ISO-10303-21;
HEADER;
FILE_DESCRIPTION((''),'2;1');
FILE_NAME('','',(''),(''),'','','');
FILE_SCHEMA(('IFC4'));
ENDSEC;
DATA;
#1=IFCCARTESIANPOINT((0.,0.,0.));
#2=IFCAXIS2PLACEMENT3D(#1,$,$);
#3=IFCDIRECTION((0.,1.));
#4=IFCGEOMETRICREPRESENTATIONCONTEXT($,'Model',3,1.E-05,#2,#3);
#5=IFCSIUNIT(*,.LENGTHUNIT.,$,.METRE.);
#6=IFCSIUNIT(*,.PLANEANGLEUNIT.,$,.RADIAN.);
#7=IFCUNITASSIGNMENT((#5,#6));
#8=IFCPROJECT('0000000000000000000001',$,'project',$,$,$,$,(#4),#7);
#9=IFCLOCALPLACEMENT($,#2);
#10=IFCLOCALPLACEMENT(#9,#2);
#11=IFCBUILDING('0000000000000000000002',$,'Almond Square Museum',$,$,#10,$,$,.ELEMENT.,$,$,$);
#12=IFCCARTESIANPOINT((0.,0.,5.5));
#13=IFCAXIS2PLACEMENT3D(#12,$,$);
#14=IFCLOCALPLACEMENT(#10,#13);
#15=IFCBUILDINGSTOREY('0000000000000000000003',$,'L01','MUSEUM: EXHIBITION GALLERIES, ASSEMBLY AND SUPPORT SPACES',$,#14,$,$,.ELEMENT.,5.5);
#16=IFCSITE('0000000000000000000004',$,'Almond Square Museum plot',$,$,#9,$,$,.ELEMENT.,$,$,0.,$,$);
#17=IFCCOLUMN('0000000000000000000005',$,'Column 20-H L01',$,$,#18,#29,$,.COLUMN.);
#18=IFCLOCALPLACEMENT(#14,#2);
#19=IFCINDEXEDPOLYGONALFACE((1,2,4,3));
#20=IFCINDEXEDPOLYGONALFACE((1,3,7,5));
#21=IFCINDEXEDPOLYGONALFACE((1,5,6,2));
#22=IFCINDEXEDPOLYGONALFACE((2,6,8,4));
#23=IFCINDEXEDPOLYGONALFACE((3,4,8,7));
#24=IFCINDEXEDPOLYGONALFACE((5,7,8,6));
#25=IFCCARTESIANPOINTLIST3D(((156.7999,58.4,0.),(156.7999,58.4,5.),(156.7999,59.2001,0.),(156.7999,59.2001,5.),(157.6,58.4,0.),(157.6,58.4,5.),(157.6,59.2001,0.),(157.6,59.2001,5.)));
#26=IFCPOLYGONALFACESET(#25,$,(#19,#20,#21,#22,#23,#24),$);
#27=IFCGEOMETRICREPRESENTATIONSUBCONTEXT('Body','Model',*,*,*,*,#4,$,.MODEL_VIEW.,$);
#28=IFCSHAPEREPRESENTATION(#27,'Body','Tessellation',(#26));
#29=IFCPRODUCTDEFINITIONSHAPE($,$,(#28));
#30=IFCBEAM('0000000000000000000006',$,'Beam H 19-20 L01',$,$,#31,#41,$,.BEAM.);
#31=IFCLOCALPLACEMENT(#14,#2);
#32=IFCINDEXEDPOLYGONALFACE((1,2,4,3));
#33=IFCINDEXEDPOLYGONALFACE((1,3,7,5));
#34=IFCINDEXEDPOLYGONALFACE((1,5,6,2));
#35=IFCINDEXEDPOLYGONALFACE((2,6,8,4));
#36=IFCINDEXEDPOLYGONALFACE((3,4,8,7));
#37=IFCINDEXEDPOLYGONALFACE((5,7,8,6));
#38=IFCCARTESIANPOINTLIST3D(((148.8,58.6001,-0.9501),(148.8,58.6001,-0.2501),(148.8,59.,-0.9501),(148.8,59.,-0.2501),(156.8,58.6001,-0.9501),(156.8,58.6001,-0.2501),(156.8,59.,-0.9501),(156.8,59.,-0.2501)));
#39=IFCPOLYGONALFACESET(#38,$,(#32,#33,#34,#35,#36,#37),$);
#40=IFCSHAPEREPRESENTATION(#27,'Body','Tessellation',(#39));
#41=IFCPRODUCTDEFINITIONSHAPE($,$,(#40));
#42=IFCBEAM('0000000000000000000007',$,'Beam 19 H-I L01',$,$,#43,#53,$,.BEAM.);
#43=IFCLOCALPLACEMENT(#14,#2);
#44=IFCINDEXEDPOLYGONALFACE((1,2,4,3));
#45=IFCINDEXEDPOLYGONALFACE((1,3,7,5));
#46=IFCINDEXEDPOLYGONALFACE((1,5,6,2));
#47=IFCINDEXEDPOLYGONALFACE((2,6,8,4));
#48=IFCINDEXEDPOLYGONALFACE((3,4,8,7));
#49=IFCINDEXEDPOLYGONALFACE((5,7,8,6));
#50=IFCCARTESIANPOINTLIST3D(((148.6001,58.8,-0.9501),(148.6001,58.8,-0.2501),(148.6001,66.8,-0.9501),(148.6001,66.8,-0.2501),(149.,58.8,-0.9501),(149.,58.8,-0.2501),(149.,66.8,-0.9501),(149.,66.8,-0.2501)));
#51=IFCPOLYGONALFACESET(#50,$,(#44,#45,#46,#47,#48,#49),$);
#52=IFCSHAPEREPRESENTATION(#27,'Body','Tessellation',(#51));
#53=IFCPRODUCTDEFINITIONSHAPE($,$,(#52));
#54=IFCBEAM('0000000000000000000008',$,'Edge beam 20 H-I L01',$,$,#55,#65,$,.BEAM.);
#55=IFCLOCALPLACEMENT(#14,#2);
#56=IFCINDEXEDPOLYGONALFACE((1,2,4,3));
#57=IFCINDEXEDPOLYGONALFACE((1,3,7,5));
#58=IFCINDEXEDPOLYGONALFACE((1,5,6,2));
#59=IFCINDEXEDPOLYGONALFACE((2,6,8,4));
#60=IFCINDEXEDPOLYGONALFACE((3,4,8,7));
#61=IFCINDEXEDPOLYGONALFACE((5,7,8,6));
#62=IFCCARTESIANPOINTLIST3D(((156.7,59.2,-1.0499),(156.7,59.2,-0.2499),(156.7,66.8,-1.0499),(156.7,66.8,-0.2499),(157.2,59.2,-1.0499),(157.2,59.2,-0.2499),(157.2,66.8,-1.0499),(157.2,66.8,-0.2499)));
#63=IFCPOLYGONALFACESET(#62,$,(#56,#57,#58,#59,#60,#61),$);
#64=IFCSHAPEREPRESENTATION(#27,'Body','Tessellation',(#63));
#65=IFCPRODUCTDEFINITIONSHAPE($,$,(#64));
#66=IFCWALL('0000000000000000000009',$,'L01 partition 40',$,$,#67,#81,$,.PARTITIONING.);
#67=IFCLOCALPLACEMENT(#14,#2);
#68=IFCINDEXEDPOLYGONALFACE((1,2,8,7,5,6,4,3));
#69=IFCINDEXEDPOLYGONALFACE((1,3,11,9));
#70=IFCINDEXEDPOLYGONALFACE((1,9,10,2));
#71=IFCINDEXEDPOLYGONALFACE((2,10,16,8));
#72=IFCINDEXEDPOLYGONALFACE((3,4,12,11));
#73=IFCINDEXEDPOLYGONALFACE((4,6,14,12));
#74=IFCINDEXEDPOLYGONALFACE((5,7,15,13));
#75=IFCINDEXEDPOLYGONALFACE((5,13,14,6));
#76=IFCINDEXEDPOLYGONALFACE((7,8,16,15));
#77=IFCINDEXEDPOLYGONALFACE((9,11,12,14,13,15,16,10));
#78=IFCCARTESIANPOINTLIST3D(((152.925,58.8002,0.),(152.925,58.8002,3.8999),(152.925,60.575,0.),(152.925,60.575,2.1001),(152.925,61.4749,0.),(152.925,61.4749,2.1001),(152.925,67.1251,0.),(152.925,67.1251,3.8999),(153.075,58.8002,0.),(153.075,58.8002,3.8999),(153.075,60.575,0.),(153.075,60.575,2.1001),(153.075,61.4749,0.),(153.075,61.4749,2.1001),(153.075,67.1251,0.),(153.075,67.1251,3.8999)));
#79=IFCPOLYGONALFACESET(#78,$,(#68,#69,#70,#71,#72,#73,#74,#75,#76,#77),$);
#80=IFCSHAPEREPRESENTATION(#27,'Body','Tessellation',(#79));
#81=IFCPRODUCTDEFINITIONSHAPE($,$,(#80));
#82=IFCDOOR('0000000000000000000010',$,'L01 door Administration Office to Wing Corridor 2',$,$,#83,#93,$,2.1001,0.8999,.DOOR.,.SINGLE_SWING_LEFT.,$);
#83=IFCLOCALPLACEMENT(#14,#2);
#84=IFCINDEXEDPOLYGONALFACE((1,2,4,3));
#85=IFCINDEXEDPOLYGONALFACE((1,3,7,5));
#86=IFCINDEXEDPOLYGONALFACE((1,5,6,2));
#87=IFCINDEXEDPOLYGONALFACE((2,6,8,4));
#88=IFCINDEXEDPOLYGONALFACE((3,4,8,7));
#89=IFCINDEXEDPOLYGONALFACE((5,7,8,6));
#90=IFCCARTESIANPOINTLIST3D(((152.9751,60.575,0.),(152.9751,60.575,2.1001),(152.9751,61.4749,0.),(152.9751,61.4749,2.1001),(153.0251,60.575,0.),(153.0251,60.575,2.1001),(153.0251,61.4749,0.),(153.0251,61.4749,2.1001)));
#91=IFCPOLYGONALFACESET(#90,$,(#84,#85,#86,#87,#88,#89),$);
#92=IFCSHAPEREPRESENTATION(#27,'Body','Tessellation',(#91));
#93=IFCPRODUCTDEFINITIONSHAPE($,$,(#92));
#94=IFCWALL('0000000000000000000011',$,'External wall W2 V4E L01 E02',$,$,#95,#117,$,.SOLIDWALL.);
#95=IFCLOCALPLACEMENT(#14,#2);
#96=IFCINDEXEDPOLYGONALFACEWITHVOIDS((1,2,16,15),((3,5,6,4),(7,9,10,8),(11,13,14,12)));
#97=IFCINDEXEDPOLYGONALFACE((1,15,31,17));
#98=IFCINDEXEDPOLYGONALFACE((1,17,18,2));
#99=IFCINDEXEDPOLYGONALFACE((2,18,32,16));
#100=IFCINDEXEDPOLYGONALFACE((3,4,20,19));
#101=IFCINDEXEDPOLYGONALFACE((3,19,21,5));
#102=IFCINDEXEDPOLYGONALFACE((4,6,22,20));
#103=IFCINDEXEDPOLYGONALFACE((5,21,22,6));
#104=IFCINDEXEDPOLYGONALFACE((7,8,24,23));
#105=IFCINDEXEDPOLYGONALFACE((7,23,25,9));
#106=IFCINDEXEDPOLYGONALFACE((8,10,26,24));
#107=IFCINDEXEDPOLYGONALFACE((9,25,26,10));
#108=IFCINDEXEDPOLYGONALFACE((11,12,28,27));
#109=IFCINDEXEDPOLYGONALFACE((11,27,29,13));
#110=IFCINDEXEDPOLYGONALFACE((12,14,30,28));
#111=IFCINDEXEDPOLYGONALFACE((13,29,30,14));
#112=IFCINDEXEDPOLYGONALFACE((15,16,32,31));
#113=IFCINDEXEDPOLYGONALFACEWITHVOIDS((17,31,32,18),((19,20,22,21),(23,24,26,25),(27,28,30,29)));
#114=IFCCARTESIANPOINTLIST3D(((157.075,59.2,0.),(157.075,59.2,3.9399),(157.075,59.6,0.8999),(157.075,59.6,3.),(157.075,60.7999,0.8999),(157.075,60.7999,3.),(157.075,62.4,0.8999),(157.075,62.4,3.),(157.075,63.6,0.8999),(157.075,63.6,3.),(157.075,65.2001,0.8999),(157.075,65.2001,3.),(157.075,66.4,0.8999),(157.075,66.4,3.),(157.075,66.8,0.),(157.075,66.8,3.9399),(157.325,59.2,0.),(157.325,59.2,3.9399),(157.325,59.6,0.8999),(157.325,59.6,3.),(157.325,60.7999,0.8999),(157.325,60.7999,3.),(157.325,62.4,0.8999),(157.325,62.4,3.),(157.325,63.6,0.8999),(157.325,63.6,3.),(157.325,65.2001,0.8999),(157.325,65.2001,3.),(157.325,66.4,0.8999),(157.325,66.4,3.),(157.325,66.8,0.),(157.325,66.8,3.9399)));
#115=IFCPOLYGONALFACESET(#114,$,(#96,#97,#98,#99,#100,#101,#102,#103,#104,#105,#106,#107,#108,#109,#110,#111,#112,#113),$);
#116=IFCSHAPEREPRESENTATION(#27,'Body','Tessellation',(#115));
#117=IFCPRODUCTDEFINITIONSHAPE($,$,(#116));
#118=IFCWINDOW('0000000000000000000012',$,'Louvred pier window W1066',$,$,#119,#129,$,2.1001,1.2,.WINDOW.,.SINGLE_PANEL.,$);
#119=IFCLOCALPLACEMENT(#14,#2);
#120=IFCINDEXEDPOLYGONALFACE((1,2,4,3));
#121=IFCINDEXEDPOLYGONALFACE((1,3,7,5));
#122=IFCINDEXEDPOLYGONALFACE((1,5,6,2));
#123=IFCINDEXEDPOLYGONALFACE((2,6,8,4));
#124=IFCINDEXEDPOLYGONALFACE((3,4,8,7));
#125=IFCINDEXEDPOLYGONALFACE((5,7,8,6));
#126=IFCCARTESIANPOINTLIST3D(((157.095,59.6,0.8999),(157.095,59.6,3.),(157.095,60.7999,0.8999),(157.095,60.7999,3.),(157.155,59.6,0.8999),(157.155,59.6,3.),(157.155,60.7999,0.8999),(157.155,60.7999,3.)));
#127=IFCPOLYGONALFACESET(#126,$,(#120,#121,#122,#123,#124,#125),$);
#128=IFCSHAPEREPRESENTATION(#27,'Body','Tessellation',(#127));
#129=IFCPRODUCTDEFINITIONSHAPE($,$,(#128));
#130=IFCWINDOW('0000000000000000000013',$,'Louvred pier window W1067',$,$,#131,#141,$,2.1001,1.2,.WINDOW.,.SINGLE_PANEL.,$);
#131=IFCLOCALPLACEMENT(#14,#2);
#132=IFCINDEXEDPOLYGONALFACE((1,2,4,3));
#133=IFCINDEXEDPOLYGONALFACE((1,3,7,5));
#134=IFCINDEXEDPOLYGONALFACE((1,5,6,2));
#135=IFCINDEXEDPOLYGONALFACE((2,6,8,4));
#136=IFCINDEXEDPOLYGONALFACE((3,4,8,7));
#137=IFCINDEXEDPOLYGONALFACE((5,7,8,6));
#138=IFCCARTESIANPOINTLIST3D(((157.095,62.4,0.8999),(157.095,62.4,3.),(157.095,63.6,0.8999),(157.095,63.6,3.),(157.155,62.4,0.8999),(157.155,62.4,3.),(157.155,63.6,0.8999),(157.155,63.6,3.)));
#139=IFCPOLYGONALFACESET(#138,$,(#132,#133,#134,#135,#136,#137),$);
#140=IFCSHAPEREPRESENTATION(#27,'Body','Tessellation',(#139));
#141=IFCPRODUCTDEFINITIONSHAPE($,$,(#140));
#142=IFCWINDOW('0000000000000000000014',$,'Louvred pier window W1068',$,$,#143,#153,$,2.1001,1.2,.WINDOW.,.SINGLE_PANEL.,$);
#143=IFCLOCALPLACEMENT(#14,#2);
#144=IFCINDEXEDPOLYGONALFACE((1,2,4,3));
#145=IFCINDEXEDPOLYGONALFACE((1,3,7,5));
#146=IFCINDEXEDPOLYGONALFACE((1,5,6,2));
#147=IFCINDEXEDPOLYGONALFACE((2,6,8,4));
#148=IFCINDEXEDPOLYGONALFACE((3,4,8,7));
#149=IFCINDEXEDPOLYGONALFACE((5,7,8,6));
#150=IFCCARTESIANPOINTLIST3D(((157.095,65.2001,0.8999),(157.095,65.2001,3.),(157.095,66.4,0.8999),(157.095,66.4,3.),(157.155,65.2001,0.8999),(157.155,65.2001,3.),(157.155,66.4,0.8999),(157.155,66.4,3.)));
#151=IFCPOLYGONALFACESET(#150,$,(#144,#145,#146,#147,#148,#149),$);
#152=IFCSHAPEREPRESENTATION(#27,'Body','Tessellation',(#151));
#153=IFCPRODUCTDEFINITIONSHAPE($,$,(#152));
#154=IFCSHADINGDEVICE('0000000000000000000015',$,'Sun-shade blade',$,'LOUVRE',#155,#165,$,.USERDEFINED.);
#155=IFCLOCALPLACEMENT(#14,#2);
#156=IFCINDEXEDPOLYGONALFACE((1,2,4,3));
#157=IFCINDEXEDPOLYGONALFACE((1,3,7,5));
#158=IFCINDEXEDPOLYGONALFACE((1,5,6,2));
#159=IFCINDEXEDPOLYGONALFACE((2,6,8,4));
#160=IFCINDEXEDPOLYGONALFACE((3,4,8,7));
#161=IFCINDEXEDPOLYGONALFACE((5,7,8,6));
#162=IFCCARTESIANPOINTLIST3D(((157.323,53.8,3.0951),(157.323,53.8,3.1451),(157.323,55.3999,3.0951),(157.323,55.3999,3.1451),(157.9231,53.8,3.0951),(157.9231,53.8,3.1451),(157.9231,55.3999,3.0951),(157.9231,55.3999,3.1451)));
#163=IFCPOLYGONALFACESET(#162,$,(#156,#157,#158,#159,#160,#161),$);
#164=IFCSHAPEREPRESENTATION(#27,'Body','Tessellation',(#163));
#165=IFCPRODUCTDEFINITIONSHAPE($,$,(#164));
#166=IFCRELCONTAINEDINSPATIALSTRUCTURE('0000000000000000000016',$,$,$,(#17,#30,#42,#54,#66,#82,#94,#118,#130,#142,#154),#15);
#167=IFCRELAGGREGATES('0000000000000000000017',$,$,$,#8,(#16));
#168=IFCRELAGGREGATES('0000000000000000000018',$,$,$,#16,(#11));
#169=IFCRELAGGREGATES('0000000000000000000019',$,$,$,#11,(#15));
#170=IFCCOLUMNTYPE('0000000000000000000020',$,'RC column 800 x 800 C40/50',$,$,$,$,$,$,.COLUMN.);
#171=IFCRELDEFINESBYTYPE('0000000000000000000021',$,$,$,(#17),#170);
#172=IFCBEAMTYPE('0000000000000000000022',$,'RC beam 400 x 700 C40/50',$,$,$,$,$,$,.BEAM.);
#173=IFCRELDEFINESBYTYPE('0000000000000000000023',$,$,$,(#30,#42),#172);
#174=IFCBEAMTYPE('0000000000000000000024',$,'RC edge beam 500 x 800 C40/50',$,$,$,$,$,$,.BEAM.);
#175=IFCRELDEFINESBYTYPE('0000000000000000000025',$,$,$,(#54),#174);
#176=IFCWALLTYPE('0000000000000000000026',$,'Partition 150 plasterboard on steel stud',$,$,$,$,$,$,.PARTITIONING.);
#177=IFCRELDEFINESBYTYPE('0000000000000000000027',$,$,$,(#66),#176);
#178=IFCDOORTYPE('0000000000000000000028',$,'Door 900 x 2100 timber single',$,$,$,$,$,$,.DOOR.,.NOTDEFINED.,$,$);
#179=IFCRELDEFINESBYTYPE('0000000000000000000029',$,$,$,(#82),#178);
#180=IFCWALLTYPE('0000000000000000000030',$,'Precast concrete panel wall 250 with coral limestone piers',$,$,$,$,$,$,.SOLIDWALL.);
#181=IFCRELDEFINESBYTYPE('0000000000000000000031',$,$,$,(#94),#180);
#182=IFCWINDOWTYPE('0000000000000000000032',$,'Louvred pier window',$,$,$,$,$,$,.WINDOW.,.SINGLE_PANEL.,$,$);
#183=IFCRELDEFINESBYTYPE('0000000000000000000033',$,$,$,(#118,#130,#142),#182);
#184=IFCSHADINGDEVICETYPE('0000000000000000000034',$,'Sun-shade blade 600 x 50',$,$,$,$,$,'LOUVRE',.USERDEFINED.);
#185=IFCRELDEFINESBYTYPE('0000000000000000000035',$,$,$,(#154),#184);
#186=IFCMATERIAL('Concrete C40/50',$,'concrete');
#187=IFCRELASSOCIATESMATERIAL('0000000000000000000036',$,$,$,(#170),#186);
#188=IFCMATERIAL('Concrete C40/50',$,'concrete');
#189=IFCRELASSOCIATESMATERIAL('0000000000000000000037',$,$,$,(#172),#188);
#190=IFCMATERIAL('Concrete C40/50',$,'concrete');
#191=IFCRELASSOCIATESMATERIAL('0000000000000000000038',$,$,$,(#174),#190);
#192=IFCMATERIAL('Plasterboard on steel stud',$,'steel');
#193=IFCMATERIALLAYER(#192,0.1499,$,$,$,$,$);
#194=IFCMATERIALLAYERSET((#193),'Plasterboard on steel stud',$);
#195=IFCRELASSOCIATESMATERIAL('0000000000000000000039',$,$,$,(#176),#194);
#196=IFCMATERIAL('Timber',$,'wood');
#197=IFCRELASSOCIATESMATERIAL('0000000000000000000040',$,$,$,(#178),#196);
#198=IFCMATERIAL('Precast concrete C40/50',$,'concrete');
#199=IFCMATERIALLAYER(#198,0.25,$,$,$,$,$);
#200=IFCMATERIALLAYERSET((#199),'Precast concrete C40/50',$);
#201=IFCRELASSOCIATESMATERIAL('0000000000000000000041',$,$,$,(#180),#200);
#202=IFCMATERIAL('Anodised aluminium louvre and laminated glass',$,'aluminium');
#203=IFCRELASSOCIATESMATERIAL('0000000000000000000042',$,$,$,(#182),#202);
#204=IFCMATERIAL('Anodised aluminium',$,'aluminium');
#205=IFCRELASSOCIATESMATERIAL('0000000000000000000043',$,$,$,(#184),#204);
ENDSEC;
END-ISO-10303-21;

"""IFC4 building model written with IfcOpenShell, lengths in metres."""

from ifc_helpers import new_model, si_unit, direction, frame, frame_2d, origin, origin_2d, place, context, subcontext, project, spatial, rectangle, extrude, material, layer, layer_set, material_profile, profile_set, type_object, element, fill, save


model = new_model("IFC4")

# Units and contexts
model_context = context("Model", 3, precision=1e-05, world=origin(), true_north=direction((0.0, 1.0)))
body_context = subcontext(model_context, "Body", "Model", "MODEL_VIEW")
ifc_project = project(units=[si_unit("LENGTHUNIT", "METRE"), si_unit("PLANEANGLEUNIT", "RADIAN")], contexts=[model_context])

# Site, building, storey
site_placement = place(None, origin())
site = spatial("IfcSite", under=ifc_project, at=site_placement, Name="Almond Square Museum plot", CompositionType="ELEMENT", RefElevation=0.0)
building_placement = place(site_placement, origin())
building = spatial("IfcBuilding", under=site, at=building_placement, Name="Almond Square Museum", CompositionType="ELEMENT")
storey_placement = place(building_placement, frame((0.0, 0.0, 5.5)))
storey = spatial("IfcBuildingStorey", under=building, at=storey_placement, Name="L01", Description="MUSEUM: EXHIBITION GALLERIES, ASSEMBLY AND SUPPORT SPACES", CompositionType="ELEMENT", Elevation=5.5)

# Column
ifc_material_1 = material(Name="Concrete C40/50", Category="concrete")
ifc_material_profile_1 = material_profile(ifc_material_1, rectangle(XDim=0.8, YDim=0.8, at=origin_2d()))
ifc_profile_set_1 = profile_set([ifc_material_profile_1], Name="Concrete C40/50")
column_type = type_object("IfcColumnType", Name="RC column 800 x 800 C40/50", PredefinedType="COLUMN", material=ifc_profile_set_1)
column_placement = place(storey_placement, frame((157.2, 58.8, 0.0), z_axis=(0.0, 0.0, 1.0), x_axis=(1.0, 0.0, 0.0)))
element("IfcColumn", 1, at=column_placement, inside=storey, type_object=column_type, Name="Column 20-H L01", PredefinedType="COLUMN", context=body_context, shape_type="SweptSolid", body=[
    extrude(rectangle(XDim=0.8, YDim=0.8, at=origin_2d()), origin(), (0.0, 0.0, 1.0), 5.0),
])

# Beams
ifc_material_2 = material(Name="Concrete C40/50", Category="concrete")
ifc_material_profile_2 = material_profile(ifc_material_2, rectangle(XDim=0.3999, YDim=0.7, at=origin_2d()))
ifc_profile_set_2 = profile_set([ifc_material_profile_2], Name="Concrete C40/50")
beam_type_1 = type_object("IfcBeamType", Name="RC beam 400 x 700 C40/50", PredefinedType="BEAM", material=ifc_profile_set_2)
for number, where, z_axis, x_axis, name in (
    (2, (148.8, 58.8, -0.6001), (1.0, 0.0, 0.0), (0.0, 1.0, 0.0), "Beam H 19-20 L01"),
    (3, (148.8, 58.8, -0.6001), (0.0, 1.0, 0.0), (-1.0, 0.0, 0.0), "Beam 19 H-I L01"),
):
    element("IfcBeam", number, at=place(storey_placement, frame(where, z_axis=z_axis, x_axis=x_axis)), inside=storey, type_object=beam_type_1, Name=name, PredefinedType="BEAM", context=body_context, shape_type="SweptSolid", body=[
        extrude(rectangle(XDim=0.3999, YDim=0.7, at=origin_2d()), origin(), (0.0, 0.0, 1.0), 8.0),
    ])
ifc_material_3 = material(Name="Concrete C40/50", Category="concrete")
ifc_material_profile_3 = material_profile(ifc_material_3, rectangle(XDim=0.5, YDim=0.8, at=origin_2d()))
ifc_profile_set_3 = profile_set([ifc_material_profile_3], Name="Concrete C40/50")
beam_type_2 = type_object("IfcBeamType", Name="RC edge beam 500 x 800 C40/50", PredefinedType="BEAM", material=ifc_profile_set_3)
beam_placement = place(storey_placement, frame((156.95, 59.2, -0.6499), z_axis=(0.0, 1.0, 0.0), x_axis=(-1.0, 0.0, 0.0)))
element("IfcBeam", 4, at=beam_placement, inside=storey, type_object=beam_type_2, Name="Edge beam 20 H-I L01", PredefinedType="BEAM", context=body_context, shape_type="SweptSolid", body=[
    extrude(rectangle(XDim=0.5, YDim=0.8, at=origin_2d()), origin(), (0.0, 0.0, 1.0), 7.6001),
])

# Wall, opening, door
ifc_material_4 = material(Name="Plasterboard on steel stud", Category="steel")
ifc_layer_1 = layer(ifc_material_4, 0.1499)
ifc_layer_set_1 = layer_set([ifc_layer_1], Name="Plasterboard on steel stud")
wall_type_1 = type_object("IfcWallType", Name="Partition 150 plasterboard on steel stud", PredefinedType="PARTITIONING", material=ifc_layer_set_1)
wall_1_placement = place(storey_placement, frame((153.0, 58.8, 0.0), z_axis=(0.0, 0.0, 1.0), x_axis=(0.0, 1.0, 0.0)))
wall_1 = element("IfcWall", 5, at=wall_1_placement, inside=storey, type_object=wall_type_1, Name="L01 partition 40", PredefinedType="PARTITIONING", context=body_context, shape_type="SweptSolid", body=[
    extrude(rectangle(XDim=8.325, YDim=0.1499, at=frame_2d((4.1626, 0.0))), origin(), (0.0, 0.0, 1.0), 3.8999),
])
opening_1_placement = place(wall_1_placement, frame((1.7749, 0.0, 0.0)))
opening_1 = element("IfcOpeningElement", 6, at=opening_1_placement, cuts=wall_1, PredefinedType="OPENING", context=body_context, shape_type="SweptSolid", body=[
    extrude(rectangle(XDim=0.8999, YDim=2.1001, at=frame_2d((0.45, 1.05))), frame((0.0, 0.085, 0.0), z_axis=(0.0, -1.0, 0.0), x_axis=(1.0, 0.0, 0.0)), (0.0, 0.0, 1.0), 0.1699),
])
ifc_material_5 = material(Name="Timber", Category="wood")
door_type_1 = type_object("IfcDoorType", Name="Door 900 x 2100 timber single", OperationType="NOTDEFINED", PredefinedType="DOOR", material=ifc_material_5)
door_1_placement = place(opening_1_placement, origin())
door_1 = element("IfcDoor", 7, at=door_1_placement, inside=storey, type_object=door_type_1, Name="L01 door Administration Office to Wing Corridor 2", OperationType="SINGLE_SWING_LEFT", OverallHeight=2.1001, OverallWidth=0.8999, PredefinedType="DOOR", context=body_context, shape_type="SweptSolid", body=[
    extrude(rectangle(XDim=0.8999, YDim=2.1001, at=frame_2d((0.45, 1.05))), frame((0.0, 0.0249, 0.0), z_axis=(0.0, -1.0, 0.0), x_axis=(1.0, 0.0, 0.0)), (0.0, 0.0, 1.0), 0.05),
])
fill(opening_1, door_1)

# Wall, openings, windows
ifc_material_6 = material(Name="Precast concrete C40/50", Category="concrete")
ifc_layer_2 = layer(ifc_material_6, 0.25)
ifc_layer_set_2 = layer_set([ifc_layer_2], Name="Precast concrete C40/50")
wall_type_2 = type_object("IfcWallType", Name="Precast concrete panel wall 250 with coral limestone piers", PredefinedType="SOLIDWALL", material=ifc_layer_set_2)
wall_2_placement = place(storey_placement, frame((157.2, 59.2, 0.0), z_axis=(0.0, 0.0, 1.0), x_axis=(0.0, 1.0, 0.0)))
wall_2 = element("IfcWall", 8, at=wall_2_placement, inside=storey, type_object=wall_type_2, Name="External wall W2 V4E L01 E02", PredefinedType="SOLIDWALL", context=body_context, shape_type="SweptSolid", body=[
    extrude(rectangle(XDim=7.6001, YDim=0.25, at=frame_2d((3.8, 0.0))), origin(), (0.0, 0.0, 1.0), 3.9399),
])
opening_2_placement = place(wall_2_placement, frame((0.3999, 0.0, 0.8999)))
opening_2 = element("IfcOpeningElement", 9, at=opening_2_placement, cuts=wall_2, PredefinedType="OPENING", context=body_context, shape_type="SweptSolid", body=[
    extrude(rectangle(XDim=1.2, YDim=2.1001, at=frame_2d((0.6001, 1.05))), frame((0.0, 0.135, 0.0), z_axis=(0.0, -1.0, 0.0), x_axis=(1.0, 0.0, 0.0)), (0.0, 0.0, 1.0), 0.27),
])
opening_3_placement = place(wall_2_placement, frame((3.2, 0.0, 0.8999)))
opening_3 = element("IfcOpeningElement", 10, at=opening_3_placement, cuts=wall_2, PredefinedType="OPENING", context=body_context, shape_type="SweptSolid", body=[
    extrude(rectangle(XDim=1.2, YDim=2.1001, at=frame_2d((0.6001, 1.05))), frame((0.0, 0.135, 0.0), z_axis=(0.0, -1.0, 0.0), x_axis=(1.0, 0.0, 0.0)), (0.0, 0.0, 1.0), 0.27),
])
opening_4_placement = place(wall_2_placement, frame((6.0, 0.0, 0.8999)))
opening_4 = element("IfcOpeningElement", 11, at=opening_4_placement, cuts=wall_2, PredefinedType="OPENING", context=body_context, shape_type="SweptSolid", body=[
    extrude(rectangle(XDim=1.2, YDim=2.1001, at=frame_2d((0.6001, 1.05))), frame((0.0, 0.135, 0.0), z_axis=(0.0, -1.0, 0.0), x_axis=(1.0, 0.0, 0.0)), (0.0, 0.0, 1.0), 0.27),
])
ifc_material_7 = material(Name="Anodised aluminium louvre and laminated glass", Category="aluminium")
window_type = type_object("IfcWindowType", Name="Louvred pier window", PartitioningType="SINGLE_PANEL", PredefinedType="WINDOW", material=ifc_material_7)
window_1_placement = place(opening_2_placement, origin())
window_1 = element("IfcWindow", 12, at=window_1_placement, inside=storey, type_object=window_type, Name="Louvred pier window W1066", OverallHeight=2.1001, OverallWidth=1.2, PartitioningType="SINGLE_PANEL", PredefinedType="WINDOW", context=body_context, shape_type="SweptSolid", body=[
    extrude(rectangle(XDim=1.2, YDim=2.1001, at=frame_2d((0.6001, 1.05))), frame((0.0, 0.105, 0.0), z_axis=(0.0, -1.0, 0.0), x_axis=(1.0, 0.0, 0.0)), (0.0, 0.0, 1.0), 0.0601),
])
fill(opening_2, window_1)
window_2_placement = place(opening_3_placement, origin())
window_2 = element("IfcWindow", 13, at=window_2_placement, inside=storey, type_object=window_type, Name="Louvred pier window W1067", OverallHeight=2.1001, OverallWidth=1.2, PartitioningType="SINGLE_PANEL", PredefinedType="WINDOW", context=body_context, shape_type="SweptSolid", body=[
    extrude(rectangle(XDim=1.2, YDim=2.1001, at=frame_2d((0.6001, 1.05))), frame((0.0, 0.105, 0.0), z_axis=(0.0, -1.0, 0.0), x_axis=(1.0, 0.0, 0.0)), (0.0, 0.0, 1.0), 0.0601),
])
fill(opening_3, window_2)
window_3_placement = place(opening_4_placement, origin())
window_3 = element("IfcWindow", 14, at=window_3_placement, inside=storey, type_object=window_type, Name="Louvred pier window W1068", OverallHeight=2.1001, OverallWidth=1.2, PartitioningType="SINGLE_PANEL", PredefinedType="WINDOW", context=body_context, shape_type="SweptSolid", body=[
    extrude(rectangle(XDim=1.2, YDim=2.1001, at=frame_2d((0.6001, 1.05))), frame((0.0, 0.105, 0.0), z_axis=(0.0, -1.0, 0.0), x_axis=(1.0, 0.0, 0.0)), (0.0, 0.0, 1.0), 0.0601),
])
fill(opening_4, window_3)

# Shading device
ifc_material_8 = material(Name="Anodised aluminium", Category="aluminium")
ifc_material_profile_4 = material_profile(ifc_material_8, rectangle(XDim=0.6001, YDim=0.05, at=origin_2d()))
ifc_profile_set_4 = profile_set([ifc_material_profile_4], Name="Anodised aluminium")
shading_device_type = type_object("IfcShadingDeviceType", Name="Sun-shade blade 600 x 50", ElementType="LOUVRE", PredefinedType="USERDEFINED", material=ifc_profile_set_4)
for number, where, z_axis, x_axis, name in (
    (15, (157.623, 53.8, 3.1201), (0.0, 1.0, 0.0), (-1.0, 0.0, 0.0), "Sun-shade blade"),
):
    element("IfcShadingDevice", number, at=place(storey_placement, frame(where, z_axis=z_axis, x_axis=x_axis)), inside=storey, type_object=shading_device_type, Name=name, ObjectType="LOUVRE", PredefinedType="USERDEFINED", context=body_context, shape_type="SweptSolid", body=[
        extrude(rectangle(XDim=0.6001, YDim=0.05, at=origin_2d()), origin(), (0.0, 0.0, 1.0), 1.5999),
    ])

save(model, "model.ifc")
